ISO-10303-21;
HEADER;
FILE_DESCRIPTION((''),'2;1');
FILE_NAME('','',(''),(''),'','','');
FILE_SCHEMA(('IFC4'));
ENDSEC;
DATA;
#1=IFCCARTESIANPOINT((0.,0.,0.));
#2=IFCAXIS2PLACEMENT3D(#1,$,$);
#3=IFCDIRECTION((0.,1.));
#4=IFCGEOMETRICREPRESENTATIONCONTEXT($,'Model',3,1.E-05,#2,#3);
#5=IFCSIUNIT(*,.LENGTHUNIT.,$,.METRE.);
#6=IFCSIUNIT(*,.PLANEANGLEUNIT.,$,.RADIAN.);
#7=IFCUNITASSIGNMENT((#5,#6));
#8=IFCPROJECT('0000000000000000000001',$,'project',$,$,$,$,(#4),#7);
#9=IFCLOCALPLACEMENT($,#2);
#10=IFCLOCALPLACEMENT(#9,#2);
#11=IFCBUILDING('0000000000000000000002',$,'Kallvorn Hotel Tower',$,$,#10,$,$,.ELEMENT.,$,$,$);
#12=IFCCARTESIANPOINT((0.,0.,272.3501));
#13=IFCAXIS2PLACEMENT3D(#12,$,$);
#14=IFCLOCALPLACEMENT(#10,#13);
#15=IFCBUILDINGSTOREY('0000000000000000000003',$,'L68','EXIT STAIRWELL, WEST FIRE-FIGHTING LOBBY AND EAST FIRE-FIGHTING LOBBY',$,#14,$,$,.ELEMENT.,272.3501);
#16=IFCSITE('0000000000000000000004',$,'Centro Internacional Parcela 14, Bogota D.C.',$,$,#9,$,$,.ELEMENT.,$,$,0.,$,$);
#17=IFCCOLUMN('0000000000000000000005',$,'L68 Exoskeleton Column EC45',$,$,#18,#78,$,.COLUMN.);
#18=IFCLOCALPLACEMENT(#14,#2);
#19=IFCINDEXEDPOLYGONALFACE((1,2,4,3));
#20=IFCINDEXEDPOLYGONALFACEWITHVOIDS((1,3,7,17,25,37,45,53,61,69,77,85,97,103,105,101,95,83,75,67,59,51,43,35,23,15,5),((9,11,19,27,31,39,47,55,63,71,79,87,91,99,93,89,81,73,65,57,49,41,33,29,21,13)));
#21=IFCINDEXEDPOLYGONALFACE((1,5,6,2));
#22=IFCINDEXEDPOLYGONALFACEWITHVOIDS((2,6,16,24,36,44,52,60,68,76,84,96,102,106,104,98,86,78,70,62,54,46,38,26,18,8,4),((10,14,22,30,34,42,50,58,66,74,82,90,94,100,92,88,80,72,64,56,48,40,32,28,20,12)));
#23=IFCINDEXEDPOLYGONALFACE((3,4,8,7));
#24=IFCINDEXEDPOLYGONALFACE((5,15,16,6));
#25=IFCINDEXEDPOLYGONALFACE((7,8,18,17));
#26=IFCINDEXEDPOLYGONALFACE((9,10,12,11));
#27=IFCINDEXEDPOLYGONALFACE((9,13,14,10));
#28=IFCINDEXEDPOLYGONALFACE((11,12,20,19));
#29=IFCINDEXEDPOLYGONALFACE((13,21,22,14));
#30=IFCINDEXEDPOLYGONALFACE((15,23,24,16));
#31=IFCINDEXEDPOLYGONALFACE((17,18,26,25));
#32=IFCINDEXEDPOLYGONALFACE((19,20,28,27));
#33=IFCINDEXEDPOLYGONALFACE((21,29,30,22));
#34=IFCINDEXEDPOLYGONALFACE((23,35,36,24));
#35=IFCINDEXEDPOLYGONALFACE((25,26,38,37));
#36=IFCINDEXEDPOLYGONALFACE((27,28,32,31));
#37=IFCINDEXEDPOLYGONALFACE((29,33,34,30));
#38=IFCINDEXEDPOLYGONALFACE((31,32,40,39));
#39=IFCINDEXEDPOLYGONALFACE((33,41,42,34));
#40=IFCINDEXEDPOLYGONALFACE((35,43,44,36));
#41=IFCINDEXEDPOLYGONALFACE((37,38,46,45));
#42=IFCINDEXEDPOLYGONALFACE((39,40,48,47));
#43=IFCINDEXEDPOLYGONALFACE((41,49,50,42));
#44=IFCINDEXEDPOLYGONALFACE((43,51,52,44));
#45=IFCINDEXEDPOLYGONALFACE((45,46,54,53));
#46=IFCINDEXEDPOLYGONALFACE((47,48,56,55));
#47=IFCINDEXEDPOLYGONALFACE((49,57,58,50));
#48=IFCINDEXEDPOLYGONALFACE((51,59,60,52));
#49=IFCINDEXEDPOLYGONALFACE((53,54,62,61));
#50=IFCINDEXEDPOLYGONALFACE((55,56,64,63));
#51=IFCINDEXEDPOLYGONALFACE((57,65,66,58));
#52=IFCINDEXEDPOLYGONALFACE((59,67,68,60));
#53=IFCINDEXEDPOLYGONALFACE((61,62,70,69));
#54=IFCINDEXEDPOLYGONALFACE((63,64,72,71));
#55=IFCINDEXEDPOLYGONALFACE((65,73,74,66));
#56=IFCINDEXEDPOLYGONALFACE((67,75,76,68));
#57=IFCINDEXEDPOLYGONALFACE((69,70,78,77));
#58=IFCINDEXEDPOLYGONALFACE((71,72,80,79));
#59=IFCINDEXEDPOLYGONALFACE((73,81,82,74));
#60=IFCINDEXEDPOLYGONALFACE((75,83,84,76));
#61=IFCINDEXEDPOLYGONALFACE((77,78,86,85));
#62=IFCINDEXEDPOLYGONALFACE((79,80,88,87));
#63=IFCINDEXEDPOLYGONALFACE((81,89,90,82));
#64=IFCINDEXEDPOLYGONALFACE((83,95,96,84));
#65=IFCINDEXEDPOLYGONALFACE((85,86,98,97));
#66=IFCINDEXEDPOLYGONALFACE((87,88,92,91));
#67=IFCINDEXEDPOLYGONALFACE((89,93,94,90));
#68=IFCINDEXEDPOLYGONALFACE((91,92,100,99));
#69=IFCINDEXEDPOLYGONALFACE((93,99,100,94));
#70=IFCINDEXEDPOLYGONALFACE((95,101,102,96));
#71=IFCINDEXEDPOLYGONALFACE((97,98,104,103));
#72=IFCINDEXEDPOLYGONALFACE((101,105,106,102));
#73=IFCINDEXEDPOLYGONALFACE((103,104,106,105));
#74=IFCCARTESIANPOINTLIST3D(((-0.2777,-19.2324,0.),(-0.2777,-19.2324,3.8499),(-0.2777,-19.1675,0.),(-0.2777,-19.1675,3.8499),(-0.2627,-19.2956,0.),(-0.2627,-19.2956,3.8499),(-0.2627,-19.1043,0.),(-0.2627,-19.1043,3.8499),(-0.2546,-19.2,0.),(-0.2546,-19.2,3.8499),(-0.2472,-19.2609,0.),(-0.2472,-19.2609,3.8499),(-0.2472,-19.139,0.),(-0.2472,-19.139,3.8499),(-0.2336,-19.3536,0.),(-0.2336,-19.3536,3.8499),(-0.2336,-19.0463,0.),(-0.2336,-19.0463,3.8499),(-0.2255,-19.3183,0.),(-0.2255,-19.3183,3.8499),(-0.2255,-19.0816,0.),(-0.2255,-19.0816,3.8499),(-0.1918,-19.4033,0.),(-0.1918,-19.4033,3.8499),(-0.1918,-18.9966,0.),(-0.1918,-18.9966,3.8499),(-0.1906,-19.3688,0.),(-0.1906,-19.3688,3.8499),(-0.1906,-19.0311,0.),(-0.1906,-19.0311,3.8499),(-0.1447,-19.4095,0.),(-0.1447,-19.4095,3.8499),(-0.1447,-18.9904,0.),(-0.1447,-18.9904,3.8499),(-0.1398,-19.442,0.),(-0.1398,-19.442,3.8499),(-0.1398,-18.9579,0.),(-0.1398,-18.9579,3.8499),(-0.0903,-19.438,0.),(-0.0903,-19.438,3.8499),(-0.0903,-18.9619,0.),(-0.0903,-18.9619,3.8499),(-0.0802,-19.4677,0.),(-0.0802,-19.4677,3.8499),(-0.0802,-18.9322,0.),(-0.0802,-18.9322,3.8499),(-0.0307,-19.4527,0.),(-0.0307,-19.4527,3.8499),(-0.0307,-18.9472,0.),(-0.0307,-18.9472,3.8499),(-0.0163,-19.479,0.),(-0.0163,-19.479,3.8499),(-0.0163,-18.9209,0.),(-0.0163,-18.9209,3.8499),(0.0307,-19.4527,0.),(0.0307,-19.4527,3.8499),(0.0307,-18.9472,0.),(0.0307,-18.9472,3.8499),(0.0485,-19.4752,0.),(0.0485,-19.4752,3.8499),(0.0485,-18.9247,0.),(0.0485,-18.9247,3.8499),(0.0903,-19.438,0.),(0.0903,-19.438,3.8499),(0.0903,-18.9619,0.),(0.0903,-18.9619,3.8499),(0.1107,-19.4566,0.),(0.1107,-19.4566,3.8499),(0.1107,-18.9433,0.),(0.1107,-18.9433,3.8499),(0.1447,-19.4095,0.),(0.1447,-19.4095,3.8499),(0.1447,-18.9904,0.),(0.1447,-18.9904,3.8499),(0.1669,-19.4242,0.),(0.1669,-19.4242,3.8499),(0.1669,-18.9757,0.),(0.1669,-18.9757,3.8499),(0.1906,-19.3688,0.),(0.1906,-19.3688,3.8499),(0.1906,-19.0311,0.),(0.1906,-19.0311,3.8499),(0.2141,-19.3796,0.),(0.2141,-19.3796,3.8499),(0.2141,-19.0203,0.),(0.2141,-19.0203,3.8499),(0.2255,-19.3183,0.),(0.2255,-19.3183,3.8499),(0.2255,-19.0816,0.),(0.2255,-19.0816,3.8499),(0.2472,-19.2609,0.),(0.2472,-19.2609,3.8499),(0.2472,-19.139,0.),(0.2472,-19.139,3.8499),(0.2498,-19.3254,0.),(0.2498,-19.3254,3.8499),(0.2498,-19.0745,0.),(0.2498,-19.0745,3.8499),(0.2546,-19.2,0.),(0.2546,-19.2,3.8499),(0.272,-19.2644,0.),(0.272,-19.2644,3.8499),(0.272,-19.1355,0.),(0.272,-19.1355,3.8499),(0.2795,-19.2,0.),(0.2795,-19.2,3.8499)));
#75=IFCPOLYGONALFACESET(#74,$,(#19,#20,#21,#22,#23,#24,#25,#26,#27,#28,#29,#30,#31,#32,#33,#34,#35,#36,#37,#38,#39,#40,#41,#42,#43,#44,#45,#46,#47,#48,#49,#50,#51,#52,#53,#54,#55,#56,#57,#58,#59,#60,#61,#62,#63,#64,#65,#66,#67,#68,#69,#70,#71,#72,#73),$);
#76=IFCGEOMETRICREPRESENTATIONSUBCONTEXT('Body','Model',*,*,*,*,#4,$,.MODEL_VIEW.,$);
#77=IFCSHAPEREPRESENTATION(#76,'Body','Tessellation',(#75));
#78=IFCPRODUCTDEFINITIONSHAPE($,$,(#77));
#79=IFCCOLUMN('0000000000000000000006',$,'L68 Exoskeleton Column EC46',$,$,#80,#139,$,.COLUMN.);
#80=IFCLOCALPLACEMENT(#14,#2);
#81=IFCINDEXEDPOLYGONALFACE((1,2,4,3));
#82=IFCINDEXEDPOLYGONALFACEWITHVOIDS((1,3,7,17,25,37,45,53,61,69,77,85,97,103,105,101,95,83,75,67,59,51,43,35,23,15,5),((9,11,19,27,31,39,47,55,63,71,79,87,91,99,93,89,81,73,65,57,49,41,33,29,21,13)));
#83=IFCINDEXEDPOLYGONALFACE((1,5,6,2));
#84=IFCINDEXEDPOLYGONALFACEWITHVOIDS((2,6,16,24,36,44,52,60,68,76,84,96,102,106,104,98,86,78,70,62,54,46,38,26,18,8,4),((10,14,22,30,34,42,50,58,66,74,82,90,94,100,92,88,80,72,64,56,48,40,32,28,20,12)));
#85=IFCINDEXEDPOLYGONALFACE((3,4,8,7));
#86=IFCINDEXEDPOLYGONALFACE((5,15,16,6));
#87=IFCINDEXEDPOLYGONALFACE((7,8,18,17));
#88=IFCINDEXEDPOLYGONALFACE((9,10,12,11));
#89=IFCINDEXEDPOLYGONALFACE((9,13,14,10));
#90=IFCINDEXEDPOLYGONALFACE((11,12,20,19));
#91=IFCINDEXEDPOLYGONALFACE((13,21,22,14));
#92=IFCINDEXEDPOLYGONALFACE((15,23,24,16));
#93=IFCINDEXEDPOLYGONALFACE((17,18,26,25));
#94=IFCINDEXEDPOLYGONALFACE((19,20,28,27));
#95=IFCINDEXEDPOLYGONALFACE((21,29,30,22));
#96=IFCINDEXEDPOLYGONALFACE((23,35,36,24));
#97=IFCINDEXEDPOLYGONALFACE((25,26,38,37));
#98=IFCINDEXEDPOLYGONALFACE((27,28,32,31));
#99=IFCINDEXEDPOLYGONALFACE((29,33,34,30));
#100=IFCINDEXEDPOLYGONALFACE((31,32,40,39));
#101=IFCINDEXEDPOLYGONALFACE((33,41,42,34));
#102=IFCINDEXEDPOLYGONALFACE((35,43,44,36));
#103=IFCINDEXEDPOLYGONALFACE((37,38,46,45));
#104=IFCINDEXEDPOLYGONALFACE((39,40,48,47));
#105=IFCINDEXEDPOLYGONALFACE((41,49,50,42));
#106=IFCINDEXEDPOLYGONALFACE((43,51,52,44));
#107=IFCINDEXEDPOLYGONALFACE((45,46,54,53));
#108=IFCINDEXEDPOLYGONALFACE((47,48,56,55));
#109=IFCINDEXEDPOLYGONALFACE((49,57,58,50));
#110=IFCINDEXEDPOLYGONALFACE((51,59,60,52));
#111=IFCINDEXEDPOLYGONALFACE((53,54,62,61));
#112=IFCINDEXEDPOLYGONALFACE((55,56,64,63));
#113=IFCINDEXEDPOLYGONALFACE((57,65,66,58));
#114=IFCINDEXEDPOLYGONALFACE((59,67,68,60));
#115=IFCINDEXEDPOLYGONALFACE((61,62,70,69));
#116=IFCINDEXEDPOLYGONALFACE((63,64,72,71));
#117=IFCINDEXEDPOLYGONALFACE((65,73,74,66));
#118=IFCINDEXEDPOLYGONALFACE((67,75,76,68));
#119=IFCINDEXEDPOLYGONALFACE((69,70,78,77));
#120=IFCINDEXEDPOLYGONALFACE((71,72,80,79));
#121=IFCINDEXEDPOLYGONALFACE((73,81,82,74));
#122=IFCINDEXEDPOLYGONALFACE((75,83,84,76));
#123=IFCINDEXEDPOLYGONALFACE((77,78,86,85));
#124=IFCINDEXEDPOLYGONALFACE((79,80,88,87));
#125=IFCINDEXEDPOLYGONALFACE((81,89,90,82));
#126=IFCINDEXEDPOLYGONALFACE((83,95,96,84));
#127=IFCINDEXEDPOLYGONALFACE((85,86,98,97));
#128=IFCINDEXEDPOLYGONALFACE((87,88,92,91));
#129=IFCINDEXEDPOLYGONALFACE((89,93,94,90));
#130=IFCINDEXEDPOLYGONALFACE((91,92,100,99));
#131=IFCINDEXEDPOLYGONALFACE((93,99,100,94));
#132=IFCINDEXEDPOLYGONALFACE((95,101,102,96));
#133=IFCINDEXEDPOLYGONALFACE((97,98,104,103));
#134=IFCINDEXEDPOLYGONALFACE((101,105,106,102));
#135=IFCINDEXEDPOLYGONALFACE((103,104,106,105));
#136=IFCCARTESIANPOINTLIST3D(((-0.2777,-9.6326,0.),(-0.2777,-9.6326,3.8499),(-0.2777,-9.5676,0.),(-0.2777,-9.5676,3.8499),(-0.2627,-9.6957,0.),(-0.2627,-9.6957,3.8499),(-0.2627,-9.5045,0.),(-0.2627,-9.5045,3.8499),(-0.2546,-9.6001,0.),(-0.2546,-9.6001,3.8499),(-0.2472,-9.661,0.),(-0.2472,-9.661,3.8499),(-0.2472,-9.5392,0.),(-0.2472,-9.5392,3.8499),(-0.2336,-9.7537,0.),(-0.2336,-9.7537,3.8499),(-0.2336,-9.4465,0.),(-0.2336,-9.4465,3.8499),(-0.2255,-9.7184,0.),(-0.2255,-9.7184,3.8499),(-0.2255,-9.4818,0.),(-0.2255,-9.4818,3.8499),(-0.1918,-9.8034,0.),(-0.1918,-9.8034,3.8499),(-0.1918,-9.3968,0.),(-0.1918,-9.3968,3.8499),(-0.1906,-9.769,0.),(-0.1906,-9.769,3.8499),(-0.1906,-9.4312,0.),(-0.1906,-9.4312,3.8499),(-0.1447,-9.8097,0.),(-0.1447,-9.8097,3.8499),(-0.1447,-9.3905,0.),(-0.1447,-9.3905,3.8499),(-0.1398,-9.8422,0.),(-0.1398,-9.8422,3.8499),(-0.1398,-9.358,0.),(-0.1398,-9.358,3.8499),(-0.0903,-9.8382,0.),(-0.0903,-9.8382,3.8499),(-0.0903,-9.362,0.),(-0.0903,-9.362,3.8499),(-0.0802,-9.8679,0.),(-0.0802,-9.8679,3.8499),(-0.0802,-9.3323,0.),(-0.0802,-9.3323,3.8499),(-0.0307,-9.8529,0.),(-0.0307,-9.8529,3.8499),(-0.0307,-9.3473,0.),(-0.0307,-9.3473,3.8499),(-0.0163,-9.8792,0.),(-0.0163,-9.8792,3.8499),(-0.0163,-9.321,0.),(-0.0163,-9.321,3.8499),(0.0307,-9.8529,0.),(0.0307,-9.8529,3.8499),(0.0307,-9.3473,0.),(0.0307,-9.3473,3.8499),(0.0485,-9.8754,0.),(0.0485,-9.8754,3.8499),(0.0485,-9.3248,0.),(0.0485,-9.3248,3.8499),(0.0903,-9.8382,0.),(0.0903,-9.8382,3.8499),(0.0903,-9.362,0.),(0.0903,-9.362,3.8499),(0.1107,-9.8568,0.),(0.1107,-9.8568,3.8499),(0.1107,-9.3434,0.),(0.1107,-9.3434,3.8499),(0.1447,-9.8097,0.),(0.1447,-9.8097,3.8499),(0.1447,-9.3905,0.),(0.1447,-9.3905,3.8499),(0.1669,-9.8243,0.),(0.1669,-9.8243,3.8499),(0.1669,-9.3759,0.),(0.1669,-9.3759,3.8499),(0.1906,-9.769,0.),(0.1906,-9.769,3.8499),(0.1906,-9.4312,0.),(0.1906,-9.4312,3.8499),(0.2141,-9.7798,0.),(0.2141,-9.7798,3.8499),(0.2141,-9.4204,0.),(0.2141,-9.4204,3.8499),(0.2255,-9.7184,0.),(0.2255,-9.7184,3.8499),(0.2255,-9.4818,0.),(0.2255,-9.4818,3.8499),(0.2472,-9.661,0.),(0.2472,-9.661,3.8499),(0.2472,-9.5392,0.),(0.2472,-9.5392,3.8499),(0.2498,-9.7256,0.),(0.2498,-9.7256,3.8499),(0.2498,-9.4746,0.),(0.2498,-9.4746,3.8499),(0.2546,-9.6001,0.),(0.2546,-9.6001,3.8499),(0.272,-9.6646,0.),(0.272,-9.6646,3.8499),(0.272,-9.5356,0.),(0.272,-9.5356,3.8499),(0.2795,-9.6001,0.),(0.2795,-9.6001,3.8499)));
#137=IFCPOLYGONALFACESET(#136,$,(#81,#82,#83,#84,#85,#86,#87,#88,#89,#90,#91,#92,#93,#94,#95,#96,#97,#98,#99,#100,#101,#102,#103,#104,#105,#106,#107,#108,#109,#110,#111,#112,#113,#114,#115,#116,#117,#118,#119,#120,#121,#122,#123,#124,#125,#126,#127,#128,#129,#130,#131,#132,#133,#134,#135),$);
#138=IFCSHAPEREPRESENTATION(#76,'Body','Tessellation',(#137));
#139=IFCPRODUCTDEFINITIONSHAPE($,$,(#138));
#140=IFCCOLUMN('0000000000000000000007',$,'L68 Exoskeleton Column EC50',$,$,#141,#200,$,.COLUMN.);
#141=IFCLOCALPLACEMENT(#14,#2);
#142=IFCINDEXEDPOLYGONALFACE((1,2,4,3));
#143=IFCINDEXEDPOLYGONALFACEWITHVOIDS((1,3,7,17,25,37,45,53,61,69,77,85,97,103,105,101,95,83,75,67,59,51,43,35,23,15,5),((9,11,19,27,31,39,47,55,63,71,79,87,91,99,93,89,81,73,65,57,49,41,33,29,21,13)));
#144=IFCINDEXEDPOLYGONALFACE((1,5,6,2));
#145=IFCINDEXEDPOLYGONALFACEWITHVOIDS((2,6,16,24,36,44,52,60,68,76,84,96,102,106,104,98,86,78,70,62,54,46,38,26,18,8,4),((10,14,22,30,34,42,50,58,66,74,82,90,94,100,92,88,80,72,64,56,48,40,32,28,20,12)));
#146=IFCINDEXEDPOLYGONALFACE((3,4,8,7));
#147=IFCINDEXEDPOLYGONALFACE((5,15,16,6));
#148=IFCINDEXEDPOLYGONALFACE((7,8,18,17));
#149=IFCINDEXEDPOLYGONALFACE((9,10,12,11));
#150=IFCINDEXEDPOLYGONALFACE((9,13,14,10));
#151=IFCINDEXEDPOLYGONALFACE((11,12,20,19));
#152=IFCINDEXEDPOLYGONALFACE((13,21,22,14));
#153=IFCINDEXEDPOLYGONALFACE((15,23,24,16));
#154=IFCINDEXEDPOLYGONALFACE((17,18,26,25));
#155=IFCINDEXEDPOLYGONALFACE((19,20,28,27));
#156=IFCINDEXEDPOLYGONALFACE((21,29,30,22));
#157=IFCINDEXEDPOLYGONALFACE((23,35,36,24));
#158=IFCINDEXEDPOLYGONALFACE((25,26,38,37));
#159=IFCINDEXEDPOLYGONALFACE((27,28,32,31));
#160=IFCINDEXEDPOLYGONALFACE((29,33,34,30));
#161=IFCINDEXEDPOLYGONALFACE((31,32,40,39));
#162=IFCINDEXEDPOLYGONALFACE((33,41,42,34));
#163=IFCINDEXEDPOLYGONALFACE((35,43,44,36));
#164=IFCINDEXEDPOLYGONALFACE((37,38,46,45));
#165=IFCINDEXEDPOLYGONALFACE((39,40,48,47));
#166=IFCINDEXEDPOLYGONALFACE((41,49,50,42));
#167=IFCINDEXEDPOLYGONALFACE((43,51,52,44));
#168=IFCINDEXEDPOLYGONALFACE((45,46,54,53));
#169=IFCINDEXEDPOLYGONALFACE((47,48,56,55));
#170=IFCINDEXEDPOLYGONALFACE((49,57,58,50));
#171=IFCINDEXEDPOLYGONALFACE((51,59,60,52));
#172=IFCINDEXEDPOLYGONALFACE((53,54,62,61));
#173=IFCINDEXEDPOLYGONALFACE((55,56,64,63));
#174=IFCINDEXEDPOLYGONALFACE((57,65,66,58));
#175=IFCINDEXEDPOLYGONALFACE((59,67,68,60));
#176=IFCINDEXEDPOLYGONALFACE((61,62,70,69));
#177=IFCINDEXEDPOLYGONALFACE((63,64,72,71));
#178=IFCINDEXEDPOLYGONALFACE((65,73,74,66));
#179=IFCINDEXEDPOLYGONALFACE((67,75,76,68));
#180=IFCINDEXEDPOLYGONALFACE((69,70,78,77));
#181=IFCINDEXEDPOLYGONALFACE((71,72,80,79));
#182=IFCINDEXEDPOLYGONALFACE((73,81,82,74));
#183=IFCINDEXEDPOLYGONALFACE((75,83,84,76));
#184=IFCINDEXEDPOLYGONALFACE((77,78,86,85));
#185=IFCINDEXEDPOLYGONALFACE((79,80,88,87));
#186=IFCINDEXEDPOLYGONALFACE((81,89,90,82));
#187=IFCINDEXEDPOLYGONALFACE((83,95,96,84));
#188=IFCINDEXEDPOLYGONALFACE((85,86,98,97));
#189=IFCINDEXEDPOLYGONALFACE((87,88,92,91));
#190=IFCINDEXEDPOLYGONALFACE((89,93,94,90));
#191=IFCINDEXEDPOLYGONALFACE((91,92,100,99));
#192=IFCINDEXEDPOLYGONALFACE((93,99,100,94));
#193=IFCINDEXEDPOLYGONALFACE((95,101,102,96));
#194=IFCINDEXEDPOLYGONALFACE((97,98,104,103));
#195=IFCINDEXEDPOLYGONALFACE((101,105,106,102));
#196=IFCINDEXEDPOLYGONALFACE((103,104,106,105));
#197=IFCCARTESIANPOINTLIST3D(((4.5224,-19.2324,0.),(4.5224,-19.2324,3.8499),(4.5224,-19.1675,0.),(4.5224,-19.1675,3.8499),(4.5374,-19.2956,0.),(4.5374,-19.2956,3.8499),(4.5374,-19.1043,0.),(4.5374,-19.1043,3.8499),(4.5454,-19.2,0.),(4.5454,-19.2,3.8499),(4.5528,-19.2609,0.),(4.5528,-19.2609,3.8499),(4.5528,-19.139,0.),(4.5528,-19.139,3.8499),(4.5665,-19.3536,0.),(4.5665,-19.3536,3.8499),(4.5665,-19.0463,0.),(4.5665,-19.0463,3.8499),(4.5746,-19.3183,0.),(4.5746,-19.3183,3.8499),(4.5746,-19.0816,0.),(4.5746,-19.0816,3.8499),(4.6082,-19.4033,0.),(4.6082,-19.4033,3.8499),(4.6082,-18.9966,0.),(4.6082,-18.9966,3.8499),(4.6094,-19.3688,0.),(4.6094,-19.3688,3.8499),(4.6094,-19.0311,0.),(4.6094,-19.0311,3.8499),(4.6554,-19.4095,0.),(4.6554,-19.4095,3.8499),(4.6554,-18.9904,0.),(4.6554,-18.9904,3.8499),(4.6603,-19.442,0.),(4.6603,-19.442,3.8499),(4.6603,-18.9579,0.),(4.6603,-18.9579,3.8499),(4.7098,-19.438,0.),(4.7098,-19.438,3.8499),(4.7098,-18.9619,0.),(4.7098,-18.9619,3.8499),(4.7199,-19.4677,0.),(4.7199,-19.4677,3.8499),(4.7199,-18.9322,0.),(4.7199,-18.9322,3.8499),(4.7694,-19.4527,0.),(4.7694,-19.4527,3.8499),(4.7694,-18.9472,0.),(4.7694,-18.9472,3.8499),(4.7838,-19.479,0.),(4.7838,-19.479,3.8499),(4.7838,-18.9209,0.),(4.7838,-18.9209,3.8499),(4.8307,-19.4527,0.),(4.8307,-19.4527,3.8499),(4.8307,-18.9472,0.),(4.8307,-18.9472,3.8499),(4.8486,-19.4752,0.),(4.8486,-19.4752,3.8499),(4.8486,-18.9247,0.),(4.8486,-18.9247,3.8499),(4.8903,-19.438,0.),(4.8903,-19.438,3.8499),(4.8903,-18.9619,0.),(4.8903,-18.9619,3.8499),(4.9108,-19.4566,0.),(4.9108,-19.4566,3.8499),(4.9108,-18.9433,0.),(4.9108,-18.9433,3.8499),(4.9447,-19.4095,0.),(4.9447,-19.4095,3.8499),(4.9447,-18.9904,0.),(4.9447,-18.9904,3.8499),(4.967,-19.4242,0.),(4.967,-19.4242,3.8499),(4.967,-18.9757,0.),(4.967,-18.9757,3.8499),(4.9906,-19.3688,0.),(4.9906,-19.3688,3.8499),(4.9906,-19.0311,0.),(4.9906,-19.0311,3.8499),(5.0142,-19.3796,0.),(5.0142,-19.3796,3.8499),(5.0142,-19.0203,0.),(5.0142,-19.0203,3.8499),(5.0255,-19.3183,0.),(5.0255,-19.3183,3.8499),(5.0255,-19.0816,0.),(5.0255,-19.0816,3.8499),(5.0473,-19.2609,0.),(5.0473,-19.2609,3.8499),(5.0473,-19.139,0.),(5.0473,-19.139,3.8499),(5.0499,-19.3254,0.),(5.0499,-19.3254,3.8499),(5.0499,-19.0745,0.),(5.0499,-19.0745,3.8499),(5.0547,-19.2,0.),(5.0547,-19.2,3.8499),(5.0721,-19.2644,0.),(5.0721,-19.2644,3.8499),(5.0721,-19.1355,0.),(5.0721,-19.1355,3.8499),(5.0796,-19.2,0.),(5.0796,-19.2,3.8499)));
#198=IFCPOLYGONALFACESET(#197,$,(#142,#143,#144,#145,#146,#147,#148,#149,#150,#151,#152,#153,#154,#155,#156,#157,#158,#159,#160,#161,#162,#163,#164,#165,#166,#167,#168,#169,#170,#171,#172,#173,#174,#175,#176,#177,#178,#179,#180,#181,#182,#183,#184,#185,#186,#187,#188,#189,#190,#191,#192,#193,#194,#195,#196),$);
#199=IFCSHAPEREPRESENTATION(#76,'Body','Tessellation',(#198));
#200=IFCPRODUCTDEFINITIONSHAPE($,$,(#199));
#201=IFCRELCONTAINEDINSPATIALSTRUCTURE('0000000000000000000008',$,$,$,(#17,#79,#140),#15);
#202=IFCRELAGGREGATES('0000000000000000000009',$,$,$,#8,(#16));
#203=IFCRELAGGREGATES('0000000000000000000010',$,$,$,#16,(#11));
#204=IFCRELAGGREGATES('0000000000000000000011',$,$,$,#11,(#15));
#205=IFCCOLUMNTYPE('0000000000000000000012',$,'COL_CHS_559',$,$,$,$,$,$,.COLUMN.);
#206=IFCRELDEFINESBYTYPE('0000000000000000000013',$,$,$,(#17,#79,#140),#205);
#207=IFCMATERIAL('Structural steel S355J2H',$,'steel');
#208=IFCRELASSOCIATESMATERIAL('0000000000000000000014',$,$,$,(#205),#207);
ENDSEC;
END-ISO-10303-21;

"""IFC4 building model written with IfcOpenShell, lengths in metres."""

from ifc_helpers import new_model, si_unit, direction, frame, origin, origin_2d, place, context, subcontext, project, spatial, hollow_circle, extrude, material, material_profile, profile_set, type_object, element, save


model = new_model("IFC4")

# Units and contexts
model_context = context("Model", 3, precision=1e-05, world=origin(), true_north=direction((0.0, 1.0)))
body_context = subcontext(model_context, "Body", "Model", "MODEL_VIEW")
ifc_project = project(units=[si_unit("LENGTHUNIT", "METRE"), si_unit("PLANEANGLEUNIT", "RADIAN")], contexts=[model_context])

# Site, building, storey
site_placement = place(None, origin())
site = spatial("IfcSite", under=ifc_project, at=site_placement, Name="Centro Internacional Parcela 14, Bogota D.C.", CompositionType="ELEMENT", RefElevation=0.0)
building_placement = place(site_placement, origin())
building = spatial("IfcBuilding", under=site, at=building_placement, Name="Kallvorn Hotel Tower", CompositionType="ELEMENT")
storey_placement = place(building_placement, frame((0.0, 0.0, 272.3501)))
storey = spatial("IfcBuildingStorey", under=building, at=storey_placement, Name="L68", Description="EXIT STAIRWELL, WEST FIRE-FIGHTING LOBBY AND EAST FIRE-FIGHTING LOBBY", CompositionType="ELEMENT", Elevation=272.3501)

# Columns
ifc_material_1 = material(Name="Structural steel S355J2H", Category="steel")
ifc_material_profile_1 = material_profile(ifc_material_1, hollow_circle(Radius=0.2795, WallThickness=0.0249, at=origin_2d()), Name="CHS 559x25")
ifc_profile_set_1 = profile_set([ifc_material_profile_1], Name="Structural steel S355J2H")
column_type_1 = type_object("IfcColumnType", Name="COL_CHS_559", PredefinedType="COLUMN", material=ifc_profile_set_1)
for number, where, z_axis, x_axis, name in (
    (1, (0.0, -19.2, 0.0), (0.0, 0.0, 1.0), (1.0, 0.0, 0.0), "L68 Exoskeleton Column EC45"),
    (2, (0.0, -9.6001, 0.0), (0.0, 0.0, 1.0), (1.0, 0.0, 0.0), "L68 Exoskeleton Column EC46"),
    (3, (4.8, -19.2, 0.0), (0.0, 0.0, 1.0), (1.0, 0.0, 0.0), "L68 Exoskeleton Column EC50"),
):
    element("IfcColumn", number, at=place(storey_placement, frame(where, z_axis=z_axis, x_axis=x_axis)), inside=storey, type_object=column_type_1, Name=name, PredefinedType="COLUMN", context=body_context, shape_type="SweptSolid", body=[
        extrude(hollow_circle(Radius=0.2795, WallThickness=0.0249, at=origin_2d()), origin(), (0.0, 0.0, 1.0), 3.8499),
    ])

save(model, "model.ifc")
